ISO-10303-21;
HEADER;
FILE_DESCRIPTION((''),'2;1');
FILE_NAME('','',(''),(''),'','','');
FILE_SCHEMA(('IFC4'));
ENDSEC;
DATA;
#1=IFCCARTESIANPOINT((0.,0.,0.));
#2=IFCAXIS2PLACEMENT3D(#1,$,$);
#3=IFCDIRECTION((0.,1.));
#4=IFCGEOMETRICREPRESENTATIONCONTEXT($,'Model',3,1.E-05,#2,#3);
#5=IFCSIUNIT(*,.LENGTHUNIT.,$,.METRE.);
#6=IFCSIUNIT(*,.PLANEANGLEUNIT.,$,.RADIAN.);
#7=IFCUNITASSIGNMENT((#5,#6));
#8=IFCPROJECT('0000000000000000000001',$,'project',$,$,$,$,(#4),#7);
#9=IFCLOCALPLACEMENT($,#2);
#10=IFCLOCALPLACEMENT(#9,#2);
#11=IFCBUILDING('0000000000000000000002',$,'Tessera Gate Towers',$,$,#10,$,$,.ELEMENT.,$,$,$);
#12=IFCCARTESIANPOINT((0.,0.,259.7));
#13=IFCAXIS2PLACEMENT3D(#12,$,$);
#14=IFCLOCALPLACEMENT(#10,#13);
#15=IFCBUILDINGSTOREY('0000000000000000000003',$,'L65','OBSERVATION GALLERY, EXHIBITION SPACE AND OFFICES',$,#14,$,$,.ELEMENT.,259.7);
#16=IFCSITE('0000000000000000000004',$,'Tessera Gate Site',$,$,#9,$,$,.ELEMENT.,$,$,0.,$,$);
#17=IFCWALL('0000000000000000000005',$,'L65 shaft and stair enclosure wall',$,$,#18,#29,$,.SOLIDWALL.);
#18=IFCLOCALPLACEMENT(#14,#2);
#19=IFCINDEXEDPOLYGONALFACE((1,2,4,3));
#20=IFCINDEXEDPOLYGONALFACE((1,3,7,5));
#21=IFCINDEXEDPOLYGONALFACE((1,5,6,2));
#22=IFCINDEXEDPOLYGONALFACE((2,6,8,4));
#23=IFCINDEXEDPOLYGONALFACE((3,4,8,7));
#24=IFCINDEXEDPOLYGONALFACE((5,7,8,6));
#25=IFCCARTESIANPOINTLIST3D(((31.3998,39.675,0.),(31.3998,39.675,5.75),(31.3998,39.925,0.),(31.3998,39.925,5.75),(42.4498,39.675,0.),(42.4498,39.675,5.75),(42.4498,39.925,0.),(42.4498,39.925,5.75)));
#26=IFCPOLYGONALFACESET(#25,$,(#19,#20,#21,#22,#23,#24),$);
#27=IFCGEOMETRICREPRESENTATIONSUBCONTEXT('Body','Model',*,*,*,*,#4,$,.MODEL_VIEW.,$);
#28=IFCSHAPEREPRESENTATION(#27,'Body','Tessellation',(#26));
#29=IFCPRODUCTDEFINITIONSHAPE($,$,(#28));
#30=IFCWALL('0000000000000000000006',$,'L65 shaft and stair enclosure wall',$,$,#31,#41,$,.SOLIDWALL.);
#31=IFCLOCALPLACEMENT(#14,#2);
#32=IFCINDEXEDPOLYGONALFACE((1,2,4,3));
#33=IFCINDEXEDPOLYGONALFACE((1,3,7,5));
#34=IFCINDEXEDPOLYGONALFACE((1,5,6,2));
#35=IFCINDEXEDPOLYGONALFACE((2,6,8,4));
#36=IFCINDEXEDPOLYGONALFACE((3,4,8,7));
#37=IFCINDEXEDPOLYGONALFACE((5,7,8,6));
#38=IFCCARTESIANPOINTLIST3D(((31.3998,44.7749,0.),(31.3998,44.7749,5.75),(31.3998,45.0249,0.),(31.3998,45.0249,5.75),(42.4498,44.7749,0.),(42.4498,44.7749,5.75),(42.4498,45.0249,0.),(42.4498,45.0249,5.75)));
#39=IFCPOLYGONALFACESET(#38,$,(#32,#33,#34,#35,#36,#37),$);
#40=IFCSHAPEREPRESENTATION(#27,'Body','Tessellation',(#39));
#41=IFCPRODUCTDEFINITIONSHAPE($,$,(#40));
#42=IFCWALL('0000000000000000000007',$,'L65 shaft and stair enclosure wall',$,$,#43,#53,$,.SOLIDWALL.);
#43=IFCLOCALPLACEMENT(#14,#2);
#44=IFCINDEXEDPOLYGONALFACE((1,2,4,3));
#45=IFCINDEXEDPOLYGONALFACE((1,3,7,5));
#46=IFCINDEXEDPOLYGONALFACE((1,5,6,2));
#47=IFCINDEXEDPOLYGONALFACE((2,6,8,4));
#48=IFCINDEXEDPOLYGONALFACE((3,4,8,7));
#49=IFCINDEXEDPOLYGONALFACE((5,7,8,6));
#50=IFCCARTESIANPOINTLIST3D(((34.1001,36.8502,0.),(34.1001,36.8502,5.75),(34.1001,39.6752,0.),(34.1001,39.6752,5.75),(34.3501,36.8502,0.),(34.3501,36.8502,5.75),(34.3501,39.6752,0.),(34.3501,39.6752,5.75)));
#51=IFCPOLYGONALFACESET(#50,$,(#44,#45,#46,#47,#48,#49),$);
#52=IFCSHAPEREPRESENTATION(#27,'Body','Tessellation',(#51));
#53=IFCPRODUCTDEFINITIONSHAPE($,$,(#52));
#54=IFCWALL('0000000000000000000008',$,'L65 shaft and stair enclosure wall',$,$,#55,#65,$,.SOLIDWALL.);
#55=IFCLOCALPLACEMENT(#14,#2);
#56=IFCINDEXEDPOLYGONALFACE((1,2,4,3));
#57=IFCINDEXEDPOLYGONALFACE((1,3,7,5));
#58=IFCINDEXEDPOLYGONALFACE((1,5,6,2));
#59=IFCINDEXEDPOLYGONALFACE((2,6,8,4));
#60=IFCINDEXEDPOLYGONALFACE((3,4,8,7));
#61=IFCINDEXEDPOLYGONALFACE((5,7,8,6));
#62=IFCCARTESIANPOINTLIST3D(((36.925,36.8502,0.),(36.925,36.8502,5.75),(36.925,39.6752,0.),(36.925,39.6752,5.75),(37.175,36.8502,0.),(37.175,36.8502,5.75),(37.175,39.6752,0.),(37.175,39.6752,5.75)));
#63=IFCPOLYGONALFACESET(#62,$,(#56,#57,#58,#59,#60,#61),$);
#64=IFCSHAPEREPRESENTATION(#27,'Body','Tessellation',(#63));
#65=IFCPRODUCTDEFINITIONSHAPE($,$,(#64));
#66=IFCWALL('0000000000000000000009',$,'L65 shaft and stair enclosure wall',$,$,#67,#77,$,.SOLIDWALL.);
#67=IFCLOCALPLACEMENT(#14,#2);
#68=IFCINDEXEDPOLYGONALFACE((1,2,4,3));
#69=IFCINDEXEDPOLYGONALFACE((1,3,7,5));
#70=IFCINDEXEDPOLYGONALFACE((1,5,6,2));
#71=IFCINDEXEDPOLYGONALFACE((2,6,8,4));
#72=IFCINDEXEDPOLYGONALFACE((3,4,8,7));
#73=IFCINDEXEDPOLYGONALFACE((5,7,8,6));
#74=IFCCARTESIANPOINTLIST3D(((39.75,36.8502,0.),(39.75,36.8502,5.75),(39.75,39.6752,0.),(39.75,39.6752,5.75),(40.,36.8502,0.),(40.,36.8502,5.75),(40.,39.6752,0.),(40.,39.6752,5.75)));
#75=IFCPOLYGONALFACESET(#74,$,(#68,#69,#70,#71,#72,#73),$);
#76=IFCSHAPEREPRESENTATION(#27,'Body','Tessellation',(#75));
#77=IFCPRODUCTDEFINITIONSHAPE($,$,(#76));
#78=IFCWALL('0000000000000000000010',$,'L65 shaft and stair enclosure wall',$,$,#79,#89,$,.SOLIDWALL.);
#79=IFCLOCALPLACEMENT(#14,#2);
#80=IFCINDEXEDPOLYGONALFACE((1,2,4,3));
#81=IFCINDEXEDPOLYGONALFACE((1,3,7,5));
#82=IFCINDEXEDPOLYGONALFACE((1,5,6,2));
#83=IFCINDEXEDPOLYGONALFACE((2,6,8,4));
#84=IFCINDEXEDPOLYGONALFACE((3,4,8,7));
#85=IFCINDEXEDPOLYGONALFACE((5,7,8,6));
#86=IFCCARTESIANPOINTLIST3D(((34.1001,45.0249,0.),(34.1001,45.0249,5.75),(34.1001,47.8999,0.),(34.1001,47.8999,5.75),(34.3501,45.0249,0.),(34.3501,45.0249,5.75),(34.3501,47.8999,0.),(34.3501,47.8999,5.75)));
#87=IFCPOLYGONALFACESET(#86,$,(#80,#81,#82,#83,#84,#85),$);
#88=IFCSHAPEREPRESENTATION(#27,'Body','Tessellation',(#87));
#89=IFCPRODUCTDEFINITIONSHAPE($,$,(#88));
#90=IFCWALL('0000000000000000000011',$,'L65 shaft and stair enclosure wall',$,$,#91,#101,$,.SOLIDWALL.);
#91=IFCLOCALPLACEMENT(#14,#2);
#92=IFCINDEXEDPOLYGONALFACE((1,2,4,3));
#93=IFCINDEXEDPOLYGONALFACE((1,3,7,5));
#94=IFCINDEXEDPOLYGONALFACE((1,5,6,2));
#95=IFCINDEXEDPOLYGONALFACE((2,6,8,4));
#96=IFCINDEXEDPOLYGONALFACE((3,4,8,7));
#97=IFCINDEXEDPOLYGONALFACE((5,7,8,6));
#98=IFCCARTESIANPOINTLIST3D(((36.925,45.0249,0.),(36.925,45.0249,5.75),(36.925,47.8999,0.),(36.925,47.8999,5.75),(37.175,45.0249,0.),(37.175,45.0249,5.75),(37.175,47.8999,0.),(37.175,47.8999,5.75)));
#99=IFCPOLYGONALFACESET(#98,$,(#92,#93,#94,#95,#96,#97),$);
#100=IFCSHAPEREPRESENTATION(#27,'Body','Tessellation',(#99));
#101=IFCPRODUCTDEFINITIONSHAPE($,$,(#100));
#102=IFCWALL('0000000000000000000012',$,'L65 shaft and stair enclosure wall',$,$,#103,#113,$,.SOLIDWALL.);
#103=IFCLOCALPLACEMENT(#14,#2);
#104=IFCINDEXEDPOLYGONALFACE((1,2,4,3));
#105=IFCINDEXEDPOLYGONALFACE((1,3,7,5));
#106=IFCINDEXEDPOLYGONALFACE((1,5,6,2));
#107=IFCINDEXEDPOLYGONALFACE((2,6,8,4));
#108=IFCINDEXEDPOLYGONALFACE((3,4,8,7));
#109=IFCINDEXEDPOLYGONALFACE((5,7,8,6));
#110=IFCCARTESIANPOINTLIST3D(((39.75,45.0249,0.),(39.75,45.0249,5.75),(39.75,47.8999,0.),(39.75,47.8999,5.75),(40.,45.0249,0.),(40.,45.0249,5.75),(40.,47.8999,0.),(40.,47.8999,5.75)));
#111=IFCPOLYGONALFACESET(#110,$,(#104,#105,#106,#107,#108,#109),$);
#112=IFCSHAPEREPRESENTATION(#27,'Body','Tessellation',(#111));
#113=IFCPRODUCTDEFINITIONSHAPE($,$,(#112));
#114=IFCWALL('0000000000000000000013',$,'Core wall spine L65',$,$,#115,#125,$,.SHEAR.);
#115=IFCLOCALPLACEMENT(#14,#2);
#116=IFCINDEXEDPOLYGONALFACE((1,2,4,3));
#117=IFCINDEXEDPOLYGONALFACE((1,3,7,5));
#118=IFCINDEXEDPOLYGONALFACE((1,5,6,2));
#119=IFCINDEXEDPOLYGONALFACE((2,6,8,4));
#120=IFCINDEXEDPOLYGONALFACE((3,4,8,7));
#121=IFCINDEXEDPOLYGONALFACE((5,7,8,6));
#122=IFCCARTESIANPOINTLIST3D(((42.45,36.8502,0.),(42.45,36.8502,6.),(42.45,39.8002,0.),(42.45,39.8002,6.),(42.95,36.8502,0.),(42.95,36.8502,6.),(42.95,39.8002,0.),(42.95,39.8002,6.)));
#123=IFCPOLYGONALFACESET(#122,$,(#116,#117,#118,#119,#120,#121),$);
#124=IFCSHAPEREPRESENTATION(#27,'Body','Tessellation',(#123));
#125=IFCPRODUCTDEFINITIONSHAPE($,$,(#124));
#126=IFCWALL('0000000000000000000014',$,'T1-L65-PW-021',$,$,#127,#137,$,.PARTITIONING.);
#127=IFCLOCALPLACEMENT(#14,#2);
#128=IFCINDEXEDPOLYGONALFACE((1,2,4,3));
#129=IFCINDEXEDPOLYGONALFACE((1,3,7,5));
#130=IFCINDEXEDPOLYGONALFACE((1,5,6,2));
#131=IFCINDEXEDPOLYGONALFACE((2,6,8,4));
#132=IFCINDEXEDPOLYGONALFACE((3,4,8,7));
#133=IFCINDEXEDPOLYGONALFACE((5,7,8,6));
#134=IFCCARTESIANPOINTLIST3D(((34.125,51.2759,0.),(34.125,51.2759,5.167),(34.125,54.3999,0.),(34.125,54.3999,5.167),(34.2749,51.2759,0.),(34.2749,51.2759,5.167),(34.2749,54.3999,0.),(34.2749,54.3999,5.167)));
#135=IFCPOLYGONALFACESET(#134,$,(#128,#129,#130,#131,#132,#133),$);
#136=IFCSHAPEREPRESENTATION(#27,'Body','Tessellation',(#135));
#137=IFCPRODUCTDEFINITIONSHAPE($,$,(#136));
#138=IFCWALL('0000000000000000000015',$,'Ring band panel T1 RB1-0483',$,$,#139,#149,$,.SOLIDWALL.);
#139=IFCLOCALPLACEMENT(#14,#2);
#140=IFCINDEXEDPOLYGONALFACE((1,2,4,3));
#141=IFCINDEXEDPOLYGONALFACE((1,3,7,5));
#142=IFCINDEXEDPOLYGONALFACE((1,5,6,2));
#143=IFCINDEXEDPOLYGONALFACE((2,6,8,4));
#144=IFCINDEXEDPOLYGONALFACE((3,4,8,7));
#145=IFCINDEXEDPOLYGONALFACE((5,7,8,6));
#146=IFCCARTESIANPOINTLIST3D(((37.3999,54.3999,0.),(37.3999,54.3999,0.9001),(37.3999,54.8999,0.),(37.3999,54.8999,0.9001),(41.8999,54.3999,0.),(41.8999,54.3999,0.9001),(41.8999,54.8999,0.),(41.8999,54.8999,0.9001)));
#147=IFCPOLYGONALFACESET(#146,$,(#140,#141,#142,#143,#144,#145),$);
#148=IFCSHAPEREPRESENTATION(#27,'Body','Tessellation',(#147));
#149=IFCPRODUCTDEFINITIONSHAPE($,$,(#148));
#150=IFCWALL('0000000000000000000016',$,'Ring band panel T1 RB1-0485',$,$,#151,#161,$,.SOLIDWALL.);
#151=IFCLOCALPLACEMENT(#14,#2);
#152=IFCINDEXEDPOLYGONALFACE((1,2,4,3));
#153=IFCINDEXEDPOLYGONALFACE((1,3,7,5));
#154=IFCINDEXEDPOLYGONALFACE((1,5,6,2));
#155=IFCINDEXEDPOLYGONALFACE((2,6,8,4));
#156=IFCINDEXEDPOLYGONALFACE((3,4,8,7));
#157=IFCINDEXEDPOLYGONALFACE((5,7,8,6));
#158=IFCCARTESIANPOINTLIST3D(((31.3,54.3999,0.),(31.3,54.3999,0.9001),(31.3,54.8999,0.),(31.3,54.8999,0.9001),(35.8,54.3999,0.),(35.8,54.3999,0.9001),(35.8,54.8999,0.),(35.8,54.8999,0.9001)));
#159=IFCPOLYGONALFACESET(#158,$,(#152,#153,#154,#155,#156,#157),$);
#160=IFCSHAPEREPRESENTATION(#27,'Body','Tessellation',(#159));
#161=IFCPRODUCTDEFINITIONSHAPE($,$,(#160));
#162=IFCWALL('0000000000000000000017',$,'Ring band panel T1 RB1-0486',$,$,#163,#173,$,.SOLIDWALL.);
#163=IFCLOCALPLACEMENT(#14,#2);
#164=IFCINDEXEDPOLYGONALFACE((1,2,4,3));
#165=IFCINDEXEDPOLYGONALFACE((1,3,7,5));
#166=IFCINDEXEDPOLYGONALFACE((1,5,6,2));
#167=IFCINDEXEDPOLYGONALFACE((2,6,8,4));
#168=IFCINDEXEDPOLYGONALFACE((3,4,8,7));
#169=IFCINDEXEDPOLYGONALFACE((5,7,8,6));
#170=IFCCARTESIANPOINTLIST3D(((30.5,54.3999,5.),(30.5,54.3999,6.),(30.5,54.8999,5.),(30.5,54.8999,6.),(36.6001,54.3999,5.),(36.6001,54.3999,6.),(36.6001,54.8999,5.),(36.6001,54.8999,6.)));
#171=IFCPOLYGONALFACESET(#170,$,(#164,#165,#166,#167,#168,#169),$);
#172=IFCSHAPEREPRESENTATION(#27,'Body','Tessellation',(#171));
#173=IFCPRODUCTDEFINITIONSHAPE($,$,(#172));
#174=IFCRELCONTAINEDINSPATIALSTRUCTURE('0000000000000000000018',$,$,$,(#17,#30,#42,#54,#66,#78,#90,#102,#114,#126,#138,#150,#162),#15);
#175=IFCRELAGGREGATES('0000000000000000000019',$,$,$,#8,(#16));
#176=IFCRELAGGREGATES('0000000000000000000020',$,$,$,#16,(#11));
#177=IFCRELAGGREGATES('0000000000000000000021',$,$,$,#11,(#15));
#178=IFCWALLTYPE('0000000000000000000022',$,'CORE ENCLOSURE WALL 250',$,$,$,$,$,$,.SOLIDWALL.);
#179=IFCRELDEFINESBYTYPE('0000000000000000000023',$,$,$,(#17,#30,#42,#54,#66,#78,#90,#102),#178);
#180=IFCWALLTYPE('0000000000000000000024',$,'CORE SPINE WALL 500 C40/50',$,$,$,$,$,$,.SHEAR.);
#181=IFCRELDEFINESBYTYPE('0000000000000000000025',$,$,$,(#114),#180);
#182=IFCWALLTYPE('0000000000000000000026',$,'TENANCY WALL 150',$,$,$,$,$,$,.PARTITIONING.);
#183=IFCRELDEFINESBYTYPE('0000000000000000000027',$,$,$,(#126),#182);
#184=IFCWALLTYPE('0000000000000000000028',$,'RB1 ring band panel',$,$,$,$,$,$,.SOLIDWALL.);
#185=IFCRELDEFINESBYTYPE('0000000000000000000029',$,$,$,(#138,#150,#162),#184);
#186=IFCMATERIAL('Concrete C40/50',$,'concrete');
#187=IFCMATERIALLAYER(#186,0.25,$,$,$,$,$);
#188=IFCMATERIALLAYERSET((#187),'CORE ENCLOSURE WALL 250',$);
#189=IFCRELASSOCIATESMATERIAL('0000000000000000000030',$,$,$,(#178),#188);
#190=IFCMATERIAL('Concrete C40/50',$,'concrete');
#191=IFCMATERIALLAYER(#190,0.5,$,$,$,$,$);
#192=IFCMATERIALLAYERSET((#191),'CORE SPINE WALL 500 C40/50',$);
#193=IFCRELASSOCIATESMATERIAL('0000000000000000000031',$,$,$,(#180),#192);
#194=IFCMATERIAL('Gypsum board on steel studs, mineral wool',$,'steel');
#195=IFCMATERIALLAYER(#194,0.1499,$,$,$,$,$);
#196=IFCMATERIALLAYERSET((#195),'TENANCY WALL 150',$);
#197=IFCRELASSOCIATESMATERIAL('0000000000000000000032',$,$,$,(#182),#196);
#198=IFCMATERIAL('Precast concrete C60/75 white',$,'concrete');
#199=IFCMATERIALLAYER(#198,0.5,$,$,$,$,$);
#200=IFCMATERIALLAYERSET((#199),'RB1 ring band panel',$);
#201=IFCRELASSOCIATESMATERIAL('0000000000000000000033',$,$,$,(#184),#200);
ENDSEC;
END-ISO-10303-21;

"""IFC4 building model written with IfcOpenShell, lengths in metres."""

from ifc_helpers import new_model, si_unit, direction, frame, frame_2d, origin, place, context, subcontext, project, spatial, polyline, rectangle, outline, extrude, source, transform, mapped, material, layer, layer_set, type_object, element, save


model = new_model("IFC4")

# Units and contexts
model_context = context("Model", 3, precision=1e-05, world=origin(), true_north=direction((0.0, 1.0)))
body_context = subcontext(model_context, "Body", "Model", "MODEL_VIEW")
ifc_project = project(units=[si_unit("LENGTHUNIT", "METRE"), si_unit("PLANEANGLEUNIT", "RADIAN")], contexts=[model_context])

# Site, building, storey
site_placement = place(None, origin())
site = spatial("IfcSite", under=ifc_project, at=site_placement, Name="Tessera Gate Site", CompositionType="ELEMENT", RefElevation=0.0)
building_placement = place(site_placement, origin())
building = spatial("IfcBuilding", under=site, at=building_placement, Name="Tessera Gate Towers", CompositionType="ELEMENT")
storey_placement = place(building_placement, frame((0.0, 0.0, 259.7)))
storey = spatial("IfcBuildingStorey", under=building, at=storey_placement, Name="L65", Description="OBSERVATION GALLERY, EXHIBITION SPACE AND OFFICES", CompositionType="ELEMENT", Elevation=259.7)

# Walls
ifc_material_1 = material(Name="Concrete C40/50", Category="concrete")
ifc_layer_1 = layer(ifc_material_1, 0.25)
ifc_layer_set_1 = layer_set([ifc_layer_1], Name="CORE ENCLOSURE WALL 250")
wall_type_1 = type_object("IfcWallType", Name="CORE ENCLOSURE WALL 250", PredefinedType="SOLIDWALL", material=ifc_layer_set_1)
for number, where, z_axis, x_axis, name in (
    (1, (31.3999, 39.8, 0.0), (0.0, 0.0, 1.0), (1.0, 0.0, 0.0), "L65 shaft and stair enclosure wall"),
    (2, (31.3999, 44.8999, 0.0), (0.0, 0.0, 1.0), (1.0, 0.0, 0.0), "L65 shaft and stair enclosure wall"),
):
    element("IfcWall", number, at=place(storey_placement, frame(where, z_axis=z_axis, x_axis=x_axis)), inside=storey, type_object=wall_type_1, Name=name, PredefinedType="SOLIDWALL", context=body_context, shape_type="SweptSolid", body=[
        extrude(rectangle(XDim=11.05, YDim=0.25, at=frame_2d((5.5249, 0.0))), origin(), (0.0, 0.0, 1.0), 5.75),
    ])
for number, where, z_axis, x_axis, name in (
    (3, (34.2251, 36.8501, 0.0), (0.0, 0.0, 1.0), (0.0, 1.0, 0.0), "L65 shaft and stair enclosure wall"),
    (4, (37.05, 36.8501, 0.0), (0.0, 0.0, 1.0), (0.0, 1.0, 0.0), "L65 shaft and stair enclosure wall"),
    (5, (39.875, 36.8501, 0.0), (0.0, 0.0, 1.0), (0.0, 1.0, 0.0), "L65 shaft and stair enclosure wall"),
):
    element("IfcWall", number, at=place(storey_placement, frame(where, z_axis=z_axis, x_axis=x_axis)), inside=storey, type_object=wall_type_1, Name=name, PredefinedType="SOLIDWALL", context=body_context, shape_type="SweptSolid", body=[
        extrude(rectangle(XDim=2.825, YDim=0.25, at=frame_2d((1.4126, 0.0))), origin(), (0.0, 0.0, 1.0), 5.75),
    ])
for number, where, z_axis, x_axis, name in (
    (6, (34.2251, 45.0249, 0.0), (0.0, 0.0, 1.0), (0.0, 1.0, 0.0), "L65 shaft and stair enclosure wall"),
    (7, (37.05, 45.0249, 0.0), (0.0, 0.0, 1.0), (0.0, 1.0, 0.0), "L65 shaft and stair enclosure wall"),
    (8, (39.875, 45.0249, 0.0), (0.0, 0.0, 1.0), (0.0, 1.0, 0.0), "L65 shaft and stair enclosure wall"),
):
    element("IfcWall", number, at=place(storey_placement, frame(where, z_axis=z_axis, x_axis=x_axis)), inside=storey, type_object=wall_type_1, Name=name, PredefinedType="SOLIDWALL", context=body_context, shape_type="SweptSolid", body=[
        extrude(rectangle(XDim=2.875, YDim=0.25, at=frame_2d((1.4375, 0.0))), origin(), (0.0, 0.0, 1.0), 5.75),
    ])
ifc_material_2 = material(Name="Concrete C40/50", Category="concrete")
ifc_layer_2 = layer(ifc_material_2, 0.5)
ifc_layer_set_2 = layer_set([ifc_layer_2], Name="CORE SPINE WALL 500 C40/50")
wall_type_2 = type_object("IfcWallType", Name="CORE SPINE WALL 500 C40/50", PredefinedType="SHEAR", material=ifc_layer_set_2)
wall_1_placement = place(storey_placement, frame((42.7, 36.8501, 0.0), z_axis=(0.0, 0.0, 1.0), x_axis=(0.0, 1.0, 0.0)))
element("IfcWall", 9, at=wall_1_placement, inside=storey, type_object=wall_type_2, Name="Core wall spine L65", PredefinedType="SHEAR", context=body_context, shape_type="SweptSolid", body=[
    extrude(rectangle(XDim=2.95, YDim=0.5, at=frame_2d((1.4751, 0.0))), origin(), (0.0, 0.0, 1.0), 6.0),
])
ifc_material_3 = material(Name="Gypsum board on steel studs, mineral wool", Category="steel")
ifc_layer_3 = layer(ifc_material_3, 0.1499)
ifc_layer_set_3 = layer_set([ifc_layer_3], Name="TENANCY WALL 150")
wall_type_3 = type_object("IfcWallType", Name="TENANCY WALL 150", PredefinedType="PARTITIONING", material=ifc_layer_set_3)
wall_2_placement = place(storey_placement, frame((34.2, 51.2759, 0.0), z_axis=(0.0, 0.0, 1.0), x_axis=(0.0, 1.0, 0.0)))
element("IfcWall", 10, at=wall_2_placement, inside=storey, type_object=wall_type_3, Name="T1-L65-PW-021", PredefinedType="PARTITIONING", context=body_context, shape_type="SweptSolid", body=[
    extrude(rectangle(XDim=3.124, YDim=0.1499, at=frame_2d((1.562, 0.0))), origin(), (0.0, 0.0, 1.0), 5.167),
])
ifc_material_4 = material(Name="Precast concrete C60/75 white", Category="concrete")
ifc_layer_4 = layer(ifc_material_4, 0.5)
ifc_layer_set_4 = layer_set([ifc_layer_4], Name="RB1 ring band panel")
wall_type_4 = type_object("IfcWallType", Name="RB1 ring band panel", PredefinedType="SOLIDWALL", material=ifc_layer_set_4)
shared_shape_1 = source(origin(), body_context, "Body", "SweptSolid", [
    extrude(outline(polyline([(0.0, 0.0), (4.5, 0.0), (4.5, 0.9001), (0.0, 0.9001), (0.0, 0.0)])), frame((0.0, 0.25, 0.0), z_axis=(0.0, -1.0, 0.0), x_axis=(1.0, 0.0, 0.0)), (0.0, 0.0, 1.0), 0.5),
])
for number, where, z_axis, x_axis, name in (
    (11, (41.8999, 54.6499, 0.0), (0.0, 0.0, 1.0), (-1.0, 0.0, 0.0), "Ring band panel T1 RB1-0483"),
    (12, (35.8, 54.6499, 0.0), (0.0, 0.0, 1.0), (-1.0, 0.0, 0.0), "Ring band panel T1 RB1-0485"),
):
    element("IfcWall", number, at=place(storey_placement, frame(where, z_axis=z_axis, x_axis=x_axis)), inside=storey, type_object=wall_type_4, Name=name, PredefinedType="SOLIDWALL", context=body_context, shape_type="MappedRepresentation", body=[
        mapped(shared_shape_1, transform((0.0, 0.0, 0.0), scale=1.0)),
    ])
shared_shape_2 = source(origin(), body_context, "Body", "SweptSolid", [
    extrude(outline(polyline([(0.0, 0.0), (6.1001, 0.0), (6.1001, 1.0), (0.0, 1.0), (0.0, 0.0)])), frame((0.0, 0.25, 0.0), z_axis=(0.0, -1.0, 0.0), x_axis=(1.0, 0.0, 0.0)), (0.0, 0.0, 1.0), 0.5),
])
wall_3_placement = place(storey_placement, frame((36.6001, 54.6499, 5.0), z_axis=(0.0, 0.0, 1.0), x_axis=(-1.0, 0.0, 0.0)))
element("IfcWall", 13, at=wall_3_placement, inside=storey, type_object=wall_type_4, Name="Ring band panel T1 RB1-0486", PredefinedType="SOLIDWALL", context=body_context, shape_type="MappedRepresentation", body=[
    mapped(shared_shape_2, transform((0.0, 0.0, 0.0), scale=1.0)),
])

save(model, "model.ifc")
